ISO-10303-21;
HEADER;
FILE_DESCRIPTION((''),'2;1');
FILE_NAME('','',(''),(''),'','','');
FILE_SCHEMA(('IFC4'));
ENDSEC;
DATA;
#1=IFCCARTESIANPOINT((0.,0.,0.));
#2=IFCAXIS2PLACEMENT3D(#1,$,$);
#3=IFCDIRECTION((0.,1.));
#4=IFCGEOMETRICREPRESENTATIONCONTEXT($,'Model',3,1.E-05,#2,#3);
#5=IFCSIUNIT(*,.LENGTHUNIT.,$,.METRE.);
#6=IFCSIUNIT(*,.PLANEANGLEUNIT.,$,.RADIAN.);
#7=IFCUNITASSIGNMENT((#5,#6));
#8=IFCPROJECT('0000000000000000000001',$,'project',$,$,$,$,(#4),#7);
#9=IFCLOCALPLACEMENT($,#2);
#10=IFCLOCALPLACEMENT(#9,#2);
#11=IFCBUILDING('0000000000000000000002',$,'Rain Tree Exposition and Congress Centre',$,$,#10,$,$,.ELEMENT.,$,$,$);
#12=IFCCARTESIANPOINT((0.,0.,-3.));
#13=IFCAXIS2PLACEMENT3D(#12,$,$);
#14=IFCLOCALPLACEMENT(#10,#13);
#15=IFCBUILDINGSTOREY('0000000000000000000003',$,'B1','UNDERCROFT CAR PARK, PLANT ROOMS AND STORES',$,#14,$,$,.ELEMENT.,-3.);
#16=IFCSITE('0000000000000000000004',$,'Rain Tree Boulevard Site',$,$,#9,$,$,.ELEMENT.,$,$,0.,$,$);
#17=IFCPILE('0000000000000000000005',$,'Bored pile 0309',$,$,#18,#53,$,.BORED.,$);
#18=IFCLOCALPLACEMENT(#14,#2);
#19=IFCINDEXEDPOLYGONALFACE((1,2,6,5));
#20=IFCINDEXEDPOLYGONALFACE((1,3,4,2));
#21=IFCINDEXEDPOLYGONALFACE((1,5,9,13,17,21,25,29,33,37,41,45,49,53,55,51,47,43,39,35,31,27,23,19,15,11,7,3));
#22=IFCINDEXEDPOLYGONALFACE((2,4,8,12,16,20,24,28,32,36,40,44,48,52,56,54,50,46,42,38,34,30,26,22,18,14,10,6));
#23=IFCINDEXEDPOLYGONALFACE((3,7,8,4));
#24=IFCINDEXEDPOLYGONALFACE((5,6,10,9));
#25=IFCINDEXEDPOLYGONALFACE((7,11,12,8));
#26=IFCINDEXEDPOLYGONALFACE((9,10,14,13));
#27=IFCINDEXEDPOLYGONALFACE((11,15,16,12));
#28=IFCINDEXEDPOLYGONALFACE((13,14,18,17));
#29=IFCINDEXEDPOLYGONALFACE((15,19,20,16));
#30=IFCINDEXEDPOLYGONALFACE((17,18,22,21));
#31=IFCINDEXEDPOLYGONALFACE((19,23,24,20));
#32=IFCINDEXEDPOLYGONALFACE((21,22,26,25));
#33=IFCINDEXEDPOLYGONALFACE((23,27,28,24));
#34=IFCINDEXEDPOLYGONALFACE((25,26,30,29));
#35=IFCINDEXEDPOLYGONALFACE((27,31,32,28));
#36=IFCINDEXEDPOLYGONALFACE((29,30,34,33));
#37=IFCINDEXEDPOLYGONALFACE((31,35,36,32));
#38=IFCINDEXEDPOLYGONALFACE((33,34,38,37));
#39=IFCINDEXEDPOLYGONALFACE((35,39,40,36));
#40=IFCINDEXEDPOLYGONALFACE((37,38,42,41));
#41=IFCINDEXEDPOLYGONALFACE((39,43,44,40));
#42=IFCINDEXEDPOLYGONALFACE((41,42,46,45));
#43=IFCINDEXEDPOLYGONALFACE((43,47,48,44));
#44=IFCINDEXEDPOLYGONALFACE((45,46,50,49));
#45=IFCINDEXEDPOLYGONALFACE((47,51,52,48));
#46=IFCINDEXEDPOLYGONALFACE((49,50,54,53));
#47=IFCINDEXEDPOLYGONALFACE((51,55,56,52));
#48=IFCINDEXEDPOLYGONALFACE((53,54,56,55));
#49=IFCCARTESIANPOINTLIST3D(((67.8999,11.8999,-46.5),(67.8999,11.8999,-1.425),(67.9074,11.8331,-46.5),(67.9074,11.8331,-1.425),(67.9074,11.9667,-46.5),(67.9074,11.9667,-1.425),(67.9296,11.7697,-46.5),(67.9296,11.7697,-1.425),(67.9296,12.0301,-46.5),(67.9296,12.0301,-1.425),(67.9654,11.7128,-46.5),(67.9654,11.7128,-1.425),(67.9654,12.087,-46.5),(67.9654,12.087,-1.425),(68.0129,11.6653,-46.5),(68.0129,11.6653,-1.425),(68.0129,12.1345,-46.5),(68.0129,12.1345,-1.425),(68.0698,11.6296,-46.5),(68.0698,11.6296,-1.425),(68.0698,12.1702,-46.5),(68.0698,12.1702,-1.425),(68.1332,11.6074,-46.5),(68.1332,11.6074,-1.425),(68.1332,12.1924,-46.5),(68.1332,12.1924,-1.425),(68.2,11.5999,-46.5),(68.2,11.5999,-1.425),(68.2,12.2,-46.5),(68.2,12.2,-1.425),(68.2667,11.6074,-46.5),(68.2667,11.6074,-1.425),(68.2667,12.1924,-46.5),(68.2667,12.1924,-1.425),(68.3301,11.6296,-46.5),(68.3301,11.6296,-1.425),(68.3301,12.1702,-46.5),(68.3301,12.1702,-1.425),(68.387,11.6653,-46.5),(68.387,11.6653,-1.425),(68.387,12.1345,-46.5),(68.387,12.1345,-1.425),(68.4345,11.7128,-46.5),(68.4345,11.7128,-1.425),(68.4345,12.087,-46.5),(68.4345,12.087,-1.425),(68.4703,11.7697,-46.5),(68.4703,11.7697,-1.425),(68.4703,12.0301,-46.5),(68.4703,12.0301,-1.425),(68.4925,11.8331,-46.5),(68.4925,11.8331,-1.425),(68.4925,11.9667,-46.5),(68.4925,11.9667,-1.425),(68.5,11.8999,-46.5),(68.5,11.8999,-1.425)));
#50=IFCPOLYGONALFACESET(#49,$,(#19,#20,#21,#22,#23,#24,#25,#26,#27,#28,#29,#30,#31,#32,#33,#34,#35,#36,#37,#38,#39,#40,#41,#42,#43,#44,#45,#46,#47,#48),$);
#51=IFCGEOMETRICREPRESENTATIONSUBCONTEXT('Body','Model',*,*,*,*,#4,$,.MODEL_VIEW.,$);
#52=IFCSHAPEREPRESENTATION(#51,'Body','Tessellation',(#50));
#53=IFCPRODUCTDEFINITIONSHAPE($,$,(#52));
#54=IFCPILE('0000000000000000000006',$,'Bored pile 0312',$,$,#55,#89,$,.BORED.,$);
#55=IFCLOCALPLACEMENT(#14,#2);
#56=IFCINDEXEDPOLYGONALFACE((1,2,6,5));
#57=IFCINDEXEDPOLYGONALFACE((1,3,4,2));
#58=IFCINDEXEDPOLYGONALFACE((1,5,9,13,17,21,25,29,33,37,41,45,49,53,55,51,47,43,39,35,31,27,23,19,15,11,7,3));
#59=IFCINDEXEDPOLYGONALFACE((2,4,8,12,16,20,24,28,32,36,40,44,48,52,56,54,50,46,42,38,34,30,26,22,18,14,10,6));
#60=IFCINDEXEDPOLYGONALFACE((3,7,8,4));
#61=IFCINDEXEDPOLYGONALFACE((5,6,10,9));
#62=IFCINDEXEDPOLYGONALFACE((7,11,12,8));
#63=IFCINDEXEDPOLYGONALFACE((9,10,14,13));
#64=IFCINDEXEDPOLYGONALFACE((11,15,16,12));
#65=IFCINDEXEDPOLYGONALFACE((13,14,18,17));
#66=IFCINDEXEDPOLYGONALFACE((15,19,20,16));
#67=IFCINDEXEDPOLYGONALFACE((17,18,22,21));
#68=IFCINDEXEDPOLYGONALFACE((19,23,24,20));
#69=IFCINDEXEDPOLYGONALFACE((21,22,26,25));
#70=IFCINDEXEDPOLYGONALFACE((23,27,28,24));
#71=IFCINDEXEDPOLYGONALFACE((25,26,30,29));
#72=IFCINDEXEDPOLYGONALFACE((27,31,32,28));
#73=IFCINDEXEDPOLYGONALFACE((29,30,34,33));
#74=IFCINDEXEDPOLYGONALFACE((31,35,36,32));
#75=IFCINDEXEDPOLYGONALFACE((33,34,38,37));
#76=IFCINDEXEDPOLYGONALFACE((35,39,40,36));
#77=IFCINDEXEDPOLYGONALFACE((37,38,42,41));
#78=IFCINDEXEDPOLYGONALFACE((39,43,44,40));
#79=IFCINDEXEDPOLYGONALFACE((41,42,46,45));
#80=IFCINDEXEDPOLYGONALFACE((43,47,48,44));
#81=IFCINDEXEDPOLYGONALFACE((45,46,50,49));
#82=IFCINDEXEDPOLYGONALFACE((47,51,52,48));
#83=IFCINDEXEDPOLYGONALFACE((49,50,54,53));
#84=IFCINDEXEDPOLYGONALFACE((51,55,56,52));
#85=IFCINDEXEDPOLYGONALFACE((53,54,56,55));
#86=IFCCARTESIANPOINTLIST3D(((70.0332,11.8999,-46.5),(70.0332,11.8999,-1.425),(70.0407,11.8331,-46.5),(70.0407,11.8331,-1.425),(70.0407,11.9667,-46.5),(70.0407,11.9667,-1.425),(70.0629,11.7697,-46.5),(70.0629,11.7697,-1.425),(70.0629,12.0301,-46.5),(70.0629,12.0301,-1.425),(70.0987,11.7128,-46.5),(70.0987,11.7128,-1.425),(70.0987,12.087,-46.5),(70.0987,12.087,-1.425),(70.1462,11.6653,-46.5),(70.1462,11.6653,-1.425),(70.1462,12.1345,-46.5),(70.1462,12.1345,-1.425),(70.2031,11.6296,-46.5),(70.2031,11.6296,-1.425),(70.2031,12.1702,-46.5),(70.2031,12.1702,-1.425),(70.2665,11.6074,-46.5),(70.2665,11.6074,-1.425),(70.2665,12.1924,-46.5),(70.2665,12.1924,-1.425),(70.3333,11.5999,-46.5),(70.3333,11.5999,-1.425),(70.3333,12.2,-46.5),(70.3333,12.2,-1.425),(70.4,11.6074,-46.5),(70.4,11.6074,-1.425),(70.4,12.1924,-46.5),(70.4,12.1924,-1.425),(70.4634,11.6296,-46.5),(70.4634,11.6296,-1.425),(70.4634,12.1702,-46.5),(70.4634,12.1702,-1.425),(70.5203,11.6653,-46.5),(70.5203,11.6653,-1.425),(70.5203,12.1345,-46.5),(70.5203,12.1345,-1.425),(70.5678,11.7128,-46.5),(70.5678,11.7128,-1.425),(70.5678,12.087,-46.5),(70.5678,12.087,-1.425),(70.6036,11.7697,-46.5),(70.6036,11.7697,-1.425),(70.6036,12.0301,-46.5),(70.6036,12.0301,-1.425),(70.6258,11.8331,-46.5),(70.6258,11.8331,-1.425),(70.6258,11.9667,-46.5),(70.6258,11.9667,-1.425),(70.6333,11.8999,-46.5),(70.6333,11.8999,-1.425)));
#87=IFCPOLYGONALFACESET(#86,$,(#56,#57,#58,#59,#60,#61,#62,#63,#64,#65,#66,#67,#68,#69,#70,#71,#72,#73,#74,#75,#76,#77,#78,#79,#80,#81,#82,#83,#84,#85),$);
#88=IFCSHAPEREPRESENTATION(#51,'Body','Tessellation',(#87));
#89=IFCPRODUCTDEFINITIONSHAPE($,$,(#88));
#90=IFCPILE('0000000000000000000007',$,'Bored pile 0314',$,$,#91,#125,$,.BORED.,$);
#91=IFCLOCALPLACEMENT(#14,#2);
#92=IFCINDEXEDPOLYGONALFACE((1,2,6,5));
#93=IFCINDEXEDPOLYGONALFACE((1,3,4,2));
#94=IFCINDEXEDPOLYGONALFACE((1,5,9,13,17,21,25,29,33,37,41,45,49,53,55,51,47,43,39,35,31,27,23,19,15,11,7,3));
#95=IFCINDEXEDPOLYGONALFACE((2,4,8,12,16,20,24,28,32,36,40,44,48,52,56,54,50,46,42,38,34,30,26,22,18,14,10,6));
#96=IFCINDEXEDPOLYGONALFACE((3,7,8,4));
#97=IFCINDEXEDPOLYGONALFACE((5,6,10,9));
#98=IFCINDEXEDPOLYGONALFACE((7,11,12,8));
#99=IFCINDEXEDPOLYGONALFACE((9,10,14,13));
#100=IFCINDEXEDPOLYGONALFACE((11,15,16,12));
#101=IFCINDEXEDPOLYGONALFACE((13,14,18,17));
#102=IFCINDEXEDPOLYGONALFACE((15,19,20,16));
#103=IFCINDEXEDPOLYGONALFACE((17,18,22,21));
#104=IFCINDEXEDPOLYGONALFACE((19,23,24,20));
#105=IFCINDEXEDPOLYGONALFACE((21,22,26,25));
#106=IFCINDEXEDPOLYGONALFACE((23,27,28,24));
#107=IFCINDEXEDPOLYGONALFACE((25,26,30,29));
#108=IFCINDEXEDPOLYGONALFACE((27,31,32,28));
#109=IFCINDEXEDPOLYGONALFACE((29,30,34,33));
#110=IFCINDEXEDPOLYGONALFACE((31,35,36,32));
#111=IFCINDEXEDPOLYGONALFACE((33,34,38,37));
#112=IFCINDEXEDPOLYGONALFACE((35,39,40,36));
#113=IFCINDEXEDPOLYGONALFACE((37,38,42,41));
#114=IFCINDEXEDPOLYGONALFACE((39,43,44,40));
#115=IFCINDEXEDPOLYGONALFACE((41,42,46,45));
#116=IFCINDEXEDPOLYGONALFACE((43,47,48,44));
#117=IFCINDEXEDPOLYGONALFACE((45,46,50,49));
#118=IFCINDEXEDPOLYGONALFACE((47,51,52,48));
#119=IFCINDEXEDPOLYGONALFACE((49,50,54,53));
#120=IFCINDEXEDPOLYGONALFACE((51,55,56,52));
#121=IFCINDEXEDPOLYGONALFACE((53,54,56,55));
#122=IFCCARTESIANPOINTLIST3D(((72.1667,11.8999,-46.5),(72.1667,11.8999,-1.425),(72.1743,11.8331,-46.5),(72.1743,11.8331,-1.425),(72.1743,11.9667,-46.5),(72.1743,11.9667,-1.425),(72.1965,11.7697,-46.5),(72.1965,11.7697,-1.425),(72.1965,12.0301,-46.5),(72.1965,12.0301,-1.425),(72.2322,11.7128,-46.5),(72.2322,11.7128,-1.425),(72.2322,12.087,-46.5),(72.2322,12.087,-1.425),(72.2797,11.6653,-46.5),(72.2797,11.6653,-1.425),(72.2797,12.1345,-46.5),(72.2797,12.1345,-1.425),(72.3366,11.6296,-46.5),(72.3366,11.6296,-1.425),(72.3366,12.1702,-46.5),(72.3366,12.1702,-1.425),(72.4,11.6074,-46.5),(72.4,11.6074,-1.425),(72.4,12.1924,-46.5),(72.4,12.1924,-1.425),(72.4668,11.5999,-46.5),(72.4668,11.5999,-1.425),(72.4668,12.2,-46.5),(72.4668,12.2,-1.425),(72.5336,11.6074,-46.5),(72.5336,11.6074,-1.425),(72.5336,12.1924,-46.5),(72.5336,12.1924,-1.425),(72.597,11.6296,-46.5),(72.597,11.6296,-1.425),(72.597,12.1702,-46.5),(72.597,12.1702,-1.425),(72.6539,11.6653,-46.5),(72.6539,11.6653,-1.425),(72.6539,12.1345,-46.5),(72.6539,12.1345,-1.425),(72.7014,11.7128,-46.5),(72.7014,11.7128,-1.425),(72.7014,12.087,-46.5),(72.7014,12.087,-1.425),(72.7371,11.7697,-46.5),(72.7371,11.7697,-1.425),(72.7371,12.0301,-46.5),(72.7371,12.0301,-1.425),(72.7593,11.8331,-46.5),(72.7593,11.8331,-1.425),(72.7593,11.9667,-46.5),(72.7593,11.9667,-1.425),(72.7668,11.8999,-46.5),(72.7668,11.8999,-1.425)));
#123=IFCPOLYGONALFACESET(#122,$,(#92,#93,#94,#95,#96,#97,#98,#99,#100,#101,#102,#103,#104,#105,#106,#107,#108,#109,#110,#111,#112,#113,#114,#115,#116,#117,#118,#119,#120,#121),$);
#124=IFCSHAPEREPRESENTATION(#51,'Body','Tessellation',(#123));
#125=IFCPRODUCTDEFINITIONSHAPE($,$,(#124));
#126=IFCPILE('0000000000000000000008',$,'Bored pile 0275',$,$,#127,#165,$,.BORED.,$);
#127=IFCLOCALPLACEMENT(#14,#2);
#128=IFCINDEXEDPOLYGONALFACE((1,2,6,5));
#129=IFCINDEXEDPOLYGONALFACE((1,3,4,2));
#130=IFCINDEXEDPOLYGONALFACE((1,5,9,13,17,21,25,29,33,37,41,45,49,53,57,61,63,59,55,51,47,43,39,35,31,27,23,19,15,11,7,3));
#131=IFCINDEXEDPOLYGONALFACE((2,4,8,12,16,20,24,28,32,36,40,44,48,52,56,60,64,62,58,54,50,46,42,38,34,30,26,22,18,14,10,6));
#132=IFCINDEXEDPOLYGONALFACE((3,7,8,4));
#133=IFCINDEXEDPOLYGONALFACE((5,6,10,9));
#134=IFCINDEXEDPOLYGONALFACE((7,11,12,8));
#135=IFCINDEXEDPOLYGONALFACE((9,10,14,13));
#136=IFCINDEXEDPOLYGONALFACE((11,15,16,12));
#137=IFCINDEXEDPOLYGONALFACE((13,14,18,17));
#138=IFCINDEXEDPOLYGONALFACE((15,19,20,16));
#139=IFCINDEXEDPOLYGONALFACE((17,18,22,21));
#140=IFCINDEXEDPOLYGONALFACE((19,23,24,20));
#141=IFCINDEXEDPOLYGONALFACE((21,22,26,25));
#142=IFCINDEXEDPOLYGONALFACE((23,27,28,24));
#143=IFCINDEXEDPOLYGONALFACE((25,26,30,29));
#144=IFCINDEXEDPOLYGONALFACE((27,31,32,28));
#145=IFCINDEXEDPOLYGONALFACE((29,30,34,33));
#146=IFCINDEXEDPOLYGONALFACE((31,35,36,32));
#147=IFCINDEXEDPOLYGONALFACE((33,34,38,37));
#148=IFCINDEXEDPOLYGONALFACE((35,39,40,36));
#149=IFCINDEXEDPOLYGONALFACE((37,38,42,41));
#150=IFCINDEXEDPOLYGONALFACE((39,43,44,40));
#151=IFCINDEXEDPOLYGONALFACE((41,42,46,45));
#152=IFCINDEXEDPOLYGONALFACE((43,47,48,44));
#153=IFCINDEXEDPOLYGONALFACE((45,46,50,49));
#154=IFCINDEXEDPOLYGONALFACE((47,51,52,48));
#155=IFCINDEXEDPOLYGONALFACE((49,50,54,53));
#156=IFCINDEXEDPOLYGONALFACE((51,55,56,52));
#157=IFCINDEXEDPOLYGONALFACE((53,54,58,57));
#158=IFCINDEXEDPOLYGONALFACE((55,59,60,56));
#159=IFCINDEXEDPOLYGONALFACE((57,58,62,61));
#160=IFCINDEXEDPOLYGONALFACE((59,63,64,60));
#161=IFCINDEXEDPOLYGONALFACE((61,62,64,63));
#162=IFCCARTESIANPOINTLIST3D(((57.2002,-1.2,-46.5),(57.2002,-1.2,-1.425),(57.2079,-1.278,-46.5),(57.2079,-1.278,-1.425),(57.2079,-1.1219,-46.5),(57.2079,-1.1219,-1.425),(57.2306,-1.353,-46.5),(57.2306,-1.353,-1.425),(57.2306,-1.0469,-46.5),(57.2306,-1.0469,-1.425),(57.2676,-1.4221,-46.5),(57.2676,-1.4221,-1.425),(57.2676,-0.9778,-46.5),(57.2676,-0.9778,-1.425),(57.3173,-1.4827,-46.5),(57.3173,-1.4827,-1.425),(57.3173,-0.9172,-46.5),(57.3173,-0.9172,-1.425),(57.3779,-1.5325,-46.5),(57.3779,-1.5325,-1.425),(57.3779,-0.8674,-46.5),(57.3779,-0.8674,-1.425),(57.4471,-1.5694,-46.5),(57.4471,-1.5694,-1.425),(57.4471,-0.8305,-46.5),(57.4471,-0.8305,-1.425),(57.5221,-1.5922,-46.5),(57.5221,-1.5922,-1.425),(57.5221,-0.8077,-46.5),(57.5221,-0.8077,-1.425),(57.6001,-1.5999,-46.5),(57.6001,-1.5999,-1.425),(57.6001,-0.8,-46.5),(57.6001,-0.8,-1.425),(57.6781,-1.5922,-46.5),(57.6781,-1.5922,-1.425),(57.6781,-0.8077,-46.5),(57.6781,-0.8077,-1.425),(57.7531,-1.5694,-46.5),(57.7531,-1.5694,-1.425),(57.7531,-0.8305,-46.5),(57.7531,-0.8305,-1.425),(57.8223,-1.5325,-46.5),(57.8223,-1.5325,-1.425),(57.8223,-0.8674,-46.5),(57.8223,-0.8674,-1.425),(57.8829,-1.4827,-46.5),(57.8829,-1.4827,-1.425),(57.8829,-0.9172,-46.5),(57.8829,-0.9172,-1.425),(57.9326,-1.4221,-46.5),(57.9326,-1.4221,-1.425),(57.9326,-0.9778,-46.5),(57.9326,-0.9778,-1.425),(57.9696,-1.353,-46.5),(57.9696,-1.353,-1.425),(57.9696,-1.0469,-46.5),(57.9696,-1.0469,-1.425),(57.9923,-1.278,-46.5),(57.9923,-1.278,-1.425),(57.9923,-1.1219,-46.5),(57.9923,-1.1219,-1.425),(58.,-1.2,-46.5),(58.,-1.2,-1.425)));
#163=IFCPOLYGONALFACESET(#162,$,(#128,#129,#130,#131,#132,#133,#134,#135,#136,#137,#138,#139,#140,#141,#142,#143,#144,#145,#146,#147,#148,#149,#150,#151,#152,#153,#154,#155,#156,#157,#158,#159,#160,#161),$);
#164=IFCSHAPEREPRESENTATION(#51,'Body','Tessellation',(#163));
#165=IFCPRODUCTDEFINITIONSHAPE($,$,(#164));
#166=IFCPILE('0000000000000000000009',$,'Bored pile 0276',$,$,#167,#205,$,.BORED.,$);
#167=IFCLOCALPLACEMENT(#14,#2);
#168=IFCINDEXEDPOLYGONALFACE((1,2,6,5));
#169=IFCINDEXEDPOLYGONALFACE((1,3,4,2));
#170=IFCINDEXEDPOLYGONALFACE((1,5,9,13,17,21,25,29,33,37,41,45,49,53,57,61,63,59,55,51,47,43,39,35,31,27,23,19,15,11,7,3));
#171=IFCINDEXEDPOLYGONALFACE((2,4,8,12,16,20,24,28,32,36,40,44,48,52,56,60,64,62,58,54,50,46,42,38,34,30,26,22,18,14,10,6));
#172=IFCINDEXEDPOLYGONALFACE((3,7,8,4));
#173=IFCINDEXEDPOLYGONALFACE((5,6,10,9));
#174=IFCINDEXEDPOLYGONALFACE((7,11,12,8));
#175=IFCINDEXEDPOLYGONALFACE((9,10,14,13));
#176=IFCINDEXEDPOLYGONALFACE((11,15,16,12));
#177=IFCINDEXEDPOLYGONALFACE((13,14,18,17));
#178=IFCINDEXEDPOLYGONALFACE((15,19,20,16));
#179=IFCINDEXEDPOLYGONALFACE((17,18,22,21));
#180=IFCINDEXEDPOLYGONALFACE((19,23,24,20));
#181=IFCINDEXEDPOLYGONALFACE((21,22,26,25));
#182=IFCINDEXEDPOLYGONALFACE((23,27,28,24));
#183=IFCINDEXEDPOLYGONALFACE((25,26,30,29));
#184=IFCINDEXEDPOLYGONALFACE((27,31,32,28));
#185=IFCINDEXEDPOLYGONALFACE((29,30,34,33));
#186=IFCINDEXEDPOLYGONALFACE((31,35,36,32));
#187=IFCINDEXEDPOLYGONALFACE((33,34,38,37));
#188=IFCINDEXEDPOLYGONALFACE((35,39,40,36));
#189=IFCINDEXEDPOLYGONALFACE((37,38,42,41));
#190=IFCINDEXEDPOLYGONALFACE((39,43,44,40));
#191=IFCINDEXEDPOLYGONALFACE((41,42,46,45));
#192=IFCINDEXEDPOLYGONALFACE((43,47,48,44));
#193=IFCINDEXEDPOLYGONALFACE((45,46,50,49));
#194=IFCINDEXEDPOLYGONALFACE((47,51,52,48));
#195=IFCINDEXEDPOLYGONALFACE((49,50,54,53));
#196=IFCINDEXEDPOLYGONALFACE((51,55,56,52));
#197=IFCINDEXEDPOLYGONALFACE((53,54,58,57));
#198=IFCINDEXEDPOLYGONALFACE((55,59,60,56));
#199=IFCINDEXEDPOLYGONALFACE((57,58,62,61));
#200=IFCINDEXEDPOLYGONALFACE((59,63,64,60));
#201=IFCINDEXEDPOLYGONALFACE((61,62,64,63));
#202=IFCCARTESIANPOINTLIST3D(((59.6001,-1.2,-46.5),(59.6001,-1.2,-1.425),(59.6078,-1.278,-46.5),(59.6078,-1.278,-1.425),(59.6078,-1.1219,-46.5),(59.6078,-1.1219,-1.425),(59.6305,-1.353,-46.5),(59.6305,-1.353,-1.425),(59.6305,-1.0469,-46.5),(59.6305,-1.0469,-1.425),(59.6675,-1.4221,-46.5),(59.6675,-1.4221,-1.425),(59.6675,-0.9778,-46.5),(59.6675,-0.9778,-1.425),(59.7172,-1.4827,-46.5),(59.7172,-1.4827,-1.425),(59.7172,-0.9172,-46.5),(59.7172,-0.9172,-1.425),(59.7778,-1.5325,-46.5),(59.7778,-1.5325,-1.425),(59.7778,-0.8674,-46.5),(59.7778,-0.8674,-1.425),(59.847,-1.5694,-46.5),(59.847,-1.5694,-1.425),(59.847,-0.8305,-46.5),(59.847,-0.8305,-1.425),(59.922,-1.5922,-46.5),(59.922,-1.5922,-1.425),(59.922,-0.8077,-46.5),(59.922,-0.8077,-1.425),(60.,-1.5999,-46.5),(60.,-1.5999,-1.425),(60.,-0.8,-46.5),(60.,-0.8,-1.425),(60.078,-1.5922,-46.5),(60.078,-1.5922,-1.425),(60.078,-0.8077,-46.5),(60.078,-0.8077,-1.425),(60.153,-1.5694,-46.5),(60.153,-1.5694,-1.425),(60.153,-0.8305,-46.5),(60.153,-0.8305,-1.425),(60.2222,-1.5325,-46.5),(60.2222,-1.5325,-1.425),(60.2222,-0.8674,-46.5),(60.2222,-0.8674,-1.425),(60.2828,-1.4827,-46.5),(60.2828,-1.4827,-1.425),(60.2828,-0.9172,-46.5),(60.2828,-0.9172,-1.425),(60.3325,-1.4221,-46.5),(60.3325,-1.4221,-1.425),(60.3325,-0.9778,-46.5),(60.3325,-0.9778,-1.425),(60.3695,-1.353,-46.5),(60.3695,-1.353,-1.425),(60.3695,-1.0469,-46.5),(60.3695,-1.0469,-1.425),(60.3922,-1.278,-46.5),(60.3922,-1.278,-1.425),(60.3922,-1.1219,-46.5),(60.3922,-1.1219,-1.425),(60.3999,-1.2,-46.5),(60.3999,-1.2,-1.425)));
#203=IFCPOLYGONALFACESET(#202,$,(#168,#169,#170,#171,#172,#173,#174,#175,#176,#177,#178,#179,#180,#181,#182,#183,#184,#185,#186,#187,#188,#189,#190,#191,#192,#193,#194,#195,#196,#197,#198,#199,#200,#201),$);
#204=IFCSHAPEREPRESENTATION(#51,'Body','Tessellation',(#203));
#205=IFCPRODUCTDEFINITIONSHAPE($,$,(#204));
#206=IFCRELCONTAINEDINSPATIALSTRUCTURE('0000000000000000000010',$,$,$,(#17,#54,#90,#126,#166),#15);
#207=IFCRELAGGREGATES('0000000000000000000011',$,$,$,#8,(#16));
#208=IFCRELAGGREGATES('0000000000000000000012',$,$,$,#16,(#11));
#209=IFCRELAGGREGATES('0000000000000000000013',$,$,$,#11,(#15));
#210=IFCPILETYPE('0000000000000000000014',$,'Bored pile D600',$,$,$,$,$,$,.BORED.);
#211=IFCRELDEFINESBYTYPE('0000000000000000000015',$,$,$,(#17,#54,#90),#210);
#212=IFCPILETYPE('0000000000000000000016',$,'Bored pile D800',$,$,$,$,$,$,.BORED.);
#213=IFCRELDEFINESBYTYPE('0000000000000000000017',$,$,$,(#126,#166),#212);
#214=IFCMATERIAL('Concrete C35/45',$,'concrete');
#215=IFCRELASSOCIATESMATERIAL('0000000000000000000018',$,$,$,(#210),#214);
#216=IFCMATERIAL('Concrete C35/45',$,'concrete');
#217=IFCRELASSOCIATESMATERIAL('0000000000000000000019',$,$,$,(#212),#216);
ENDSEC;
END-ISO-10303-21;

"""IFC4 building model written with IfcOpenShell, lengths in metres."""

from ifc_helpers import new_model, si_unit, direction, frame, origin, origin_2d, place, context, subcontext, project, spatial, circle, extrude, material, material_profile, profile_set, type_object, element, save


model = new_model("IFC4")

# Units and contexts
model_context = context("Model", 3, precision=1e-05, world=origin(), true_north=direction((0.0, 1.0)))
body_context = subcontext(model_context, "Body", "Model", "MODEL_VIEW")
ifc_project = project(units=[si_unit("LENGTHUNIT", "METRE"), si_unit("PLANEANGLEUNIT", "RADIAN")], contexts=[model_context])

# Site, building, storey
site_placement = place(None, origin())
site = spatial("IfcSite", under=ifc_project, at=site_placement, Name="Rain Tree Boulevard Site", CompositionType="ELEMENT", RefElevation=0.0)
building_placement = place(site_placement, origin())
building = spatial("IfcBuilding", under=site, at=building_placement, Name="Rain Tree Exposition and Congress Centre", CompositionType="ELEMENT")
storey_placement = place(building_placement, frame((0.0, 0.0, -3.0)))
storey = spatial("IfcBuildingStorey", under=building, at=storey_placement, Name="B1", Description="UNDERCROFT CAR PARK, PLANT ROOMS AND STORES", CompositionType="ELEMENT", Elevation=-3.0)

# Piles
ifc_material_1 = material(Name="Concrete C35/45", Category="concrete")
ifc_material_profile_1 = material_profile(ifc_material_1, circle(Radius=0.3, at=origin_2d()), Name="D600")
ifc_profile_set_1 = profile_set([ifc_material_profile_1], Name="Concrete C35/45")
pile_type_1 = type_object("IfcPileType", Name="Bored pile D600", PredefinedType="BORED", material=ifc_profile_set_1)
for number, where, z_axis, x_axis, name in (
    (1, (68.2, 11.8999, -1.425), (0.0, 0.0, -1.0), (1.0, 0.0, 0.0), "Bored pile 0309"),
    (2, (70.3333, 11.8999, -1.425), (0.0, 0.0, -1.0), (1.0, 0.0, 0.0), "Bored pile 0312"),
    (3, (72.4668, 11.8999, -1.425), (0.0, 0.0, -1.0), (1.0, 0.0, 0.0), "Bored pile 0314"),
):
    element("IfcPile", number, at=place(storey_placement, frame(where, z_axis=z_axis, x_axis=x_axis)), inside=storey, type_object=pile_type_1, Name=name, PredefinedType="BORED", context=body_context, shape_type="SweptSolid", body=[
        extrude(circle(Radius=0.3, at=origin_2d()), origin(), (0.0, 0.0, 1.0), 45.075),
    ])
ifc_material_2 = material(Name="Concrete C35/45", Category="concrete")
ifc_material_profile_2 = material_profile(ifc_material_2, circle(Radius=0.3999, at=origin_2d()), Name="D800")
ifc_profile_set_2 = profile_set([ifc_material_profile_2], Name="Concrete C35/45")
pile_type_2 = type_object("IfcPileType", Name="Bored pile D800", PredefinedType="BORED", material=ifc_profile_set_2)
for number, where, z_axis, x_axis, name in (
    (4, (57.6001, -1.2, -1.425), (0.0, 0.0, -1.0), (1.0, 0.0, 0.0), "Bored pile 0275"),
    (5, (60.0, -1.2, -1.425), (0.0, 0.0, -1.0), (1.0, 0.0, 0.0), "Bored pile 0276"),
):
    element("IfcPile", number, at=place(storey_placement, frame(where, z_axis=z_axis, x_axis=x_axis)), inside=storey, type_object=pile_type_2, Name=name, PredefinedType="BORED", context=body_context, shape_type="SweptSolid", body=[
        extrude(circle(Radius=0.3999, at=origin_2d()), origin(), (0.0, 0.0, 1.0), 45.075),
    ])

save(model, "model.ifc")
